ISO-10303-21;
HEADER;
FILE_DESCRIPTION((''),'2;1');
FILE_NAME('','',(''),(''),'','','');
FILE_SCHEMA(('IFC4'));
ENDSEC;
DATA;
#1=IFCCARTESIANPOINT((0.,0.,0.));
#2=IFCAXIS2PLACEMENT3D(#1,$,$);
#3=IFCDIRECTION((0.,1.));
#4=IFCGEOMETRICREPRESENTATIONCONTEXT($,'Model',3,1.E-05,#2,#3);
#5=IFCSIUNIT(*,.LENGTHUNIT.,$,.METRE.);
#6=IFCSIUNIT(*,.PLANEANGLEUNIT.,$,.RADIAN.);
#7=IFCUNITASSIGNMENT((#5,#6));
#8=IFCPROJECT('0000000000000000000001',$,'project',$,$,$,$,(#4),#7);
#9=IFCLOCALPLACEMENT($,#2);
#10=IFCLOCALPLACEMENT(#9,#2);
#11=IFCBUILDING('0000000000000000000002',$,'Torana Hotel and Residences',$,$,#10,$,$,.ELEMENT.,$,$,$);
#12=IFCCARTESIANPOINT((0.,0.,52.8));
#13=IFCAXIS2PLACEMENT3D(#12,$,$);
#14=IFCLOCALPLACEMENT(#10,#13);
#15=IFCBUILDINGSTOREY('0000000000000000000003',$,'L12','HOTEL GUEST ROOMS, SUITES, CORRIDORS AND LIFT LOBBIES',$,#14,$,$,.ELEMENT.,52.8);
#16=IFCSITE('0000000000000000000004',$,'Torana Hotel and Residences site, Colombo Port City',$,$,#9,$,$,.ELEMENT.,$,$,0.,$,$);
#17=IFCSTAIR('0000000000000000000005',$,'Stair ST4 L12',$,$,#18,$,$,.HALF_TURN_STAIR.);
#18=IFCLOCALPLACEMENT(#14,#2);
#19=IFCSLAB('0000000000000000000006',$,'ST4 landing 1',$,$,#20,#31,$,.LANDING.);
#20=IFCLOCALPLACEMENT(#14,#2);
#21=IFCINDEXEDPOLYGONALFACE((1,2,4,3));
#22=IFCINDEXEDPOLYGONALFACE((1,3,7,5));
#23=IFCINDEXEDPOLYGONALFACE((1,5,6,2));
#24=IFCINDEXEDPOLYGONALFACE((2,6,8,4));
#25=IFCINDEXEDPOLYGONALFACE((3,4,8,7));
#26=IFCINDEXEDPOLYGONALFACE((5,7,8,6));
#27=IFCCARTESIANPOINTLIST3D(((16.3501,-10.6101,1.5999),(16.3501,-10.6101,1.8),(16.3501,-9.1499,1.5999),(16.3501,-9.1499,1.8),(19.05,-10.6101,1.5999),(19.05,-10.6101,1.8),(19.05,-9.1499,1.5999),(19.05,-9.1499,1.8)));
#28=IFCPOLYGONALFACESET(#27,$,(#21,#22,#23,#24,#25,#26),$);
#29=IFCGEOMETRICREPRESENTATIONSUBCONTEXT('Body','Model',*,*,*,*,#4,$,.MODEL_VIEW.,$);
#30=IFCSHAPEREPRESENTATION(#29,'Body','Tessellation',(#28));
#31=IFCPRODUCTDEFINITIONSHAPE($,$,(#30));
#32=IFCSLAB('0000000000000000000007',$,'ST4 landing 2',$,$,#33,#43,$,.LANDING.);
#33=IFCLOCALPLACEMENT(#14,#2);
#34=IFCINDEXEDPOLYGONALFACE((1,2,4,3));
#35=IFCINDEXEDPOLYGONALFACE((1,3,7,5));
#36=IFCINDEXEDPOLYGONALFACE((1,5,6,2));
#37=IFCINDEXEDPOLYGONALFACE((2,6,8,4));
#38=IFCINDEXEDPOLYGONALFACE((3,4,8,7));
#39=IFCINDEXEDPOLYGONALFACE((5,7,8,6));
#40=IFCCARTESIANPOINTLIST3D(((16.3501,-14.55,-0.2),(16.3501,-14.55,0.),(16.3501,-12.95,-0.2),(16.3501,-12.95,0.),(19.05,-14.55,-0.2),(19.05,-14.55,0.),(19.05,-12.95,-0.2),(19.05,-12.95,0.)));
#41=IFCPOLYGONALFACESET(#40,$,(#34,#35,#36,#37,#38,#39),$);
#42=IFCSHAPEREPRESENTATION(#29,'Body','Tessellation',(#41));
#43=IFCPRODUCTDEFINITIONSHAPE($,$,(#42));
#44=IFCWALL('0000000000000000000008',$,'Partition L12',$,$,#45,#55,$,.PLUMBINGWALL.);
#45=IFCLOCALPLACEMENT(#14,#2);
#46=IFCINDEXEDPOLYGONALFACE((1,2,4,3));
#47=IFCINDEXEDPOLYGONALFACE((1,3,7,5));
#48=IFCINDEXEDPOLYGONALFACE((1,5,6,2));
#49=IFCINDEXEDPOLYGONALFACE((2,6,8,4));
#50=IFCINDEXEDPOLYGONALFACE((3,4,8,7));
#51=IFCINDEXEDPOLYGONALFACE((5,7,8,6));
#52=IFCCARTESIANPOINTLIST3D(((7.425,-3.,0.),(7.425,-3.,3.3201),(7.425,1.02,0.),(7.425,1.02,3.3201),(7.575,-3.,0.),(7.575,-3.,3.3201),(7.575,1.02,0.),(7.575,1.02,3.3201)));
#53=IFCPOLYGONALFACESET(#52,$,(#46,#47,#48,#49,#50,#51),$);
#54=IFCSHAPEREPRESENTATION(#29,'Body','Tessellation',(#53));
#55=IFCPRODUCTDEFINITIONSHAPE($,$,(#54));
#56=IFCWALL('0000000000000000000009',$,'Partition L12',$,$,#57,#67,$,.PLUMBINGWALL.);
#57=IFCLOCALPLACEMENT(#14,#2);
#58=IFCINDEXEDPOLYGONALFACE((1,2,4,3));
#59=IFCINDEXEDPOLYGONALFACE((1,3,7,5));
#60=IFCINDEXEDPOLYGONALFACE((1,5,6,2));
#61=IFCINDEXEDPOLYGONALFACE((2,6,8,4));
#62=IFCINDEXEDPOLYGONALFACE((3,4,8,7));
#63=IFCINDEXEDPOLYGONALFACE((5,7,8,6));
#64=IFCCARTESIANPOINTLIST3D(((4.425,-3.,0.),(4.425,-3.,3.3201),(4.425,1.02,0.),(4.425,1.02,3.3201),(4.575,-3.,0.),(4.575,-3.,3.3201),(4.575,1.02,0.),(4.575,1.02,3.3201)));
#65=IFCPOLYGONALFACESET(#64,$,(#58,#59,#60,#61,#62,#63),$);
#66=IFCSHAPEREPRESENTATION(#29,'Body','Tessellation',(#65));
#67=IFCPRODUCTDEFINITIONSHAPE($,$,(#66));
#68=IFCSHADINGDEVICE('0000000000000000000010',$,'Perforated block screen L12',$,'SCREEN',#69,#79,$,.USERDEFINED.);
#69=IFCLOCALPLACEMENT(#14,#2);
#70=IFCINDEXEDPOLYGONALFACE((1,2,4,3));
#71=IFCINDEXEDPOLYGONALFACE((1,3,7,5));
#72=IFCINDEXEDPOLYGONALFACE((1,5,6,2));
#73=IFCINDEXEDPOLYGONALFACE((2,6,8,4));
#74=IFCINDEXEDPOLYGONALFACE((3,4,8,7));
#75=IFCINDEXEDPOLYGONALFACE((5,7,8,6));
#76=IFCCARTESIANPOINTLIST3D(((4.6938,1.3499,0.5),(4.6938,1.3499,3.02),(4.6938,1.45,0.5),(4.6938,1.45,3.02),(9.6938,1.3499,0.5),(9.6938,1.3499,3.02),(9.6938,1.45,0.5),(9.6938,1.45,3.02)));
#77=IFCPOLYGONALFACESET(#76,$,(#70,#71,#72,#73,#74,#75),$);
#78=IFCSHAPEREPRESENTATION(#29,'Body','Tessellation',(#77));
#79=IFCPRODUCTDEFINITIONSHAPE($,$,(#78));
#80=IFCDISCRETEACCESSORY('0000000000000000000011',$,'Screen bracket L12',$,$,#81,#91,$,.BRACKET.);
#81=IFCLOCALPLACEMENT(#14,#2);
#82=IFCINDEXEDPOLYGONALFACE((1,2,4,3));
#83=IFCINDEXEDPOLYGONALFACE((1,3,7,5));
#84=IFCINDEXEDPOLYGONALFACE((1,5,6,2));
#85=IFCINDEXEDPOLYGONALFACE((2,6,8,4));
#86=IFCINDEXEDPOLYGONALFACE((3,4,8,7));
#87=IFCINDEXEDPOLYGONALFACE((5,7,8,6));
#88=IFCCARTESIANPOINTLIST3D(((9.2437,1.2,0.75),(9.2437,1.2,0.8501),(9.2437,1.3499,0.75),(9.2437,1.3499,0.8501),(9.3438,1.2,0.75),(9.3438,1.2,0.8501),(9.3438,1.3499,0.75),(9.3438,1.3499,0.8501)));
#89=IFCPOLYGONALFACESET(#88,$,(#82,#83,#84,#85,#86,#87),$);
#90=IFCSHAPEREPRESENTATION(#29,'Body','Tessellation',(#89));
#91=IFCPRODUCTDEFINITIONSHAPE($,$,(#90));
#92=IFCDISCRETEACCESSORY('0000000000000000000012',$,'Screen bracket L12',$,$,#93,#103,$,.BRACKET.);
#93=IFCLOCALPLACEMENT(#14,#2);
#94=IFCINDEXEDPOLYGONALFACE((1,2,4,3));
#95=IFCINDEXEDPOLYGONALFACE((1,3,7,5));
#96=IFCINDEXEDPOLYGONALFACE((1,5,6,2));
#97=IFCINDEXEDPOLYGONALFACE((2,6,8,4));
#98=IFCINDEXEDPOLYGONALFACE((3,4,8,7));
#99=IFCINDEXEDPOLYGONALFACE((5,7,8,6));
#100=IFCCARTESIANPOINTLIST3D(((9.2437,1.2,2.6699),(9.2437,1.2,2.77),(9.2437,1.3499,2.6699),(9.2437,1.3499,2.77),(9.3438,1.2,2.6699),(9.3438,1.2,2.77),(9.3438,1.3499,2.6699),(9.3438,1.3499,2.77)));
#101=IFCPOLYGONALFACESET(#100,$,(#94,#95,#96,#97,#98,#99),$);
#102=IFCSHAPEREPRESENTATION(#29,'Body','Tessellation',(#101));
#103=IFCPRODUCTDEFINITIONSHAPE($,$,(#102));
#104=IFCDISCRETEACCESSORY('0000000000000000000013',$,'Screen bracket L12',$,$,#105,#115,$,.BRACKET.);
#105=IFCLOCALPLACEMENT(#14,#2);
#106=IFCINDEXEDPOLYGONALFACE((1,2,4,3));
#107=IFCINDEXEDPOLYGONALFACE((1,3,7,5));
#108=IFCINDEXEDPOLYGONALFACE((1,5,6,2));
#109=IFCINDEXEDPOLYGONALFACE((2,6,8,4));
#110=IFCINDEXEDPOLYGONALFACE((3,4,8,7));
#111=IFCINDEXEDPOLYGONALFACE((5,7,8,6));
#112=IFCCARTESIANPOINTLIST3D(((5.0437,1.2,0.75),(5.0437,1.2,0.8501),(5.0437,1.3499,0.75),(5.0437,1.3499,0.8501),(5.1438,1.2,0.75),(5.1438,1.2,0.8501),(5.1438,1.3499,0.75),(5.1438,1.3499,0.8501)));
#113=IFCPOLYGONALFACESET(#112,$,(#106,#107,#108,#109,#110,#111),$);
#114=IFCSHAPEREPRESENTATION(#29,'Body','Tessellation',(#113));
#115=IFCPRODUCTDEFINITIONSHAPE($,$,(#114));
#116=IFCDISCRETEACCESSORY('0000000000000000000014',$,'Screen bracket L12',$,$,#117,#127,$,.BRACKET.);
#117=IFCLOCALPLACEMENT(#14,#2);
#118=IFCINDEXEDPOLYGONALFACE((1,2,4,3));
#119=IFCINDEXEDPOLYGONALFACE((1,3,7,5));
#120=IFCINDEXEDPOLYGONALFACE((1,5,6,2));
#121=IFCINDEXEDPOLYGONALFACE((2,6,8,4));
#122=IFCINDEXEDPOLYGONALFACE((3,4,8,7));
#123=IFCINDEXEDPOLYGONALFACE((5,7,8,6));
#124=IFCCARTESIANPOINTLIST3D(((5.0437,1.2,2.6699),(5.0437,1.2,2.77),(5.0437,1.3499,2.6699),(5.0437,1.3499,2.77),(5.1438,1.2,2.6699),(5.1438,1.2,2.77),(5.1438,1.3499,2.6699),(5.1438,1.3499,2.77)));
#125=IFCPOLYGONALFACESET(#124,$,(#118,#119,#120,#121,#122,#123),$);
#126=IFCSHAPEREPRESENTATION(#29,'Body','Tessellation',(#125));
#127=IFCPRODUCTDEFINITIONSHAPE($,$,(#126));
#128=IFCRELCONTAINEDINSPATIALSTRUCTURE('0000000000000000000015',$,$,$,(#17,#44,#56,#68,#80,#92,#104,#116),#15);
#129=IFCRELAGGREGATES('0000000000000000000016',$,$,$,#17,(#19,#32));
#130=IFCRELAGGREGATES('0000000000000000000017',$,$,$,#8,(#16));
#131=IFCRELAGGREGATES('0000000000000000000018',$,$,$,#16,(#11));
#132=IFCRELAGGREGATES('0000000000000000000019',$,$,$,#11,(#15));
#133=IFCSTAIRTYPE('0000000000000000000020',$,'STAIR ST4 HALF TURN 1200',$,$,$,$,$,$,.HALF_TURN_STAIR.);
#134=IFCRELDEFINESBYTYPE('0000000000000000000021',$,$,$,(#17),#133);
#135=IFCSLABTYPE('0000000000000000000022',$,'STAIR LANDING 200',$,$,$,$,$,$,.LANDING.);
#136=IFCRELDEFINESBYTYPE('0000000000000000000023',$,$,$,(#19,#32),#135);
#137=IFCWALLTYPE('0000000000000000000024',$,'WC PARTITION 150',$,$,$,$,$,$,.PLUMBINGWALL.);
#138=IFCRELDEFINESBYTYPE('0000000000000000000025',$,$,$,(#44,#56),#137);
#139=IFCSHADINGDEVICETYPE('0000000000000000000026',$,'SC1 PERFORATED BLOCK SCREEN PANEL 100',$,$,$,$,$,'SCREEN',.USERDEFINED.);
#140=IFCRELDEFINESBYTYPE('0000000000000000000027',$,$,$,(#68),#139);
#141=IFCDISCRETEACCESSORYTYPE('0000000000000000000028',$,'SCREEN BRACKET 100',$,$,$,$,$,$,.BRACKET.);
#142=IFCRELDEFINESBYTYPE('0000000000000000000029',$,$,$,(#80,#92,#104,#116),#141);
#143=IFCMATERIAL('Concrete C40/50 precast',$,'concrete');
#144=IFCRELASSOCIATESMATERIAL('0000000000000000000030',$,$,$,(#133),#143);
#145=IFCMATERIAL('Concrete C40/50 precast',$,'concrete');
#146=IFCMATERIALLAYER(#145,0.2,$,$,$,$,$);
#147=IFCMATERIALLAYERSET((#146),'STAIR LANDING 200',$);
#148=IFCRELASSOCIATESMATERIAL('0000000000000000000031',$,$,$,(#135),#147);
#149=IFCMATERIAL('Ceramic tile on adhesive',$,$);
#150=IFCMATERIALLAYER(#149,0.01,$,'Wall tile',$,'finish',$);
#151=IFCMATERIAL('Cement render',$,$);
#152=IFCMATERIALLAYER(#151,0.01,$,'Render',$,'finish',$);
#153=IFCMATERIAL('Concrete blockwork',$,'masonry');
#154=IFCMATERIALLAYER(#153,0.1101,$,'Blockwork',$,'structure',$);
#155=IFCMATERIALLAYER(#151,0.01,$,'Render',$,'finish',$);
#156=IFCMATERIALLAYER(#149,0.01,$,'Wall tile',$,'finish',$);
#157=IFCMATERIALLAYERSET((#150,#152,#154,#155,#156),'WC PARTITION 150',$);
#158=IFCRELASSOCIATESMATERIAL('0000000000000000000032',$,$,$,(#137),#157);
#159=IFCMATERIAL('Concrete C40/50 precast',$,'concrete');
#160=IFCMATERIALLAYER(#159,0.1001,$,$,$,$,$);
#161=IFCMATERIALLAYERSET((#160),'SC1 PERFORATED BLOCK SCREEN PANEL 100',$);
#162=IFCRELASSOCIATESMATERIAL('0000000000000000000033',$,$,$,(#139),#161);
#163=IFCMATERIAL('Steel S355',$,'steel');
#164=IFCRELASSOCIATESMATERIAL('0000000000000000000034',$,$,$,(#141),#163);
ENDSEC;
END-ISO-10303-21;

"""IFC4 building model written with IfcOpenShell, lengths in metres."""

from ifc_helpers import new_model, si_unit, direction, frame, frame_2d, origin, origin_2d, place, context, subcontext, project, spatial, polyline, rectangle, outline, extrude, material, layer, layer_set, type_object, element, aggregate, save


model = new_model("IFC4")

# Units and contexts
model_context = context("Model", 3, precision=1e-05, world=origin(), true_north=direction((0.0, 1.0)))
body_context = subcontext(model_context, "Body", "Model", "MODEL_VIEW")
ifc_project = project(units=[si_unit("LENGTHUNIT", "METRE"), si_unit("PLANEANGLEUNIT", "RADIAN")], contexts=[model_context])

# Site, building, storey
site_placement = place(None, origin())
site = spatial("IfcSite", under=ifc_project, at=site_placement, Name="Torana Hotel and Residences site, Colombo Port City", CompositionType="ELEMENT", RefElevation=0.0)
building_placement = place(site_placement, origin())
building = spatial("IfcBuilding", under=site, at=building_placement, Name="Torana Hotel and Residences", CompositionType="ELEMENT")
storey_placement = place(building_placement, frame((0.0, 0.0, 52.8)))
storey = spatial("IfcBuildingStorey", under=building, at=storey_placement, Name="L12", Description="HOTEL GUEST ROOMS, SUITES, CORRIDORS AND LIFT LOBBIES", CompositionType="ELEMENT", Elevation=52.8)

# Stair, slabs
ifc_material_1 = material(Name="Concrete C40/50 precast", Category="concrete")
stair_type = type_object("IfcStairType", Name="STAIR ST4 HALF TURN 1200", PredefinedType="HALF_TURN_STAIR", material=ifc_material_1)
stair_placement = place(storey_placement, origin())
stair = element("IfcStair", 1, at=stair_placement, inside=storey, type_object=stair_type, Name="Stair ST4 L12", PredefinedType="HALF_TURN_STAIR")
ifc_material_2 = material(Name="Concrete C40/50 precast", Category="concrete")
ifc_layer_1 = layer(ifc_material_2, 0.2)
ifc_layer_set_1 = layer_set([ifc_layer_1], Name="STAIR LANDING 200")
slab_type = type_object("IfcSlabType", Name="STAIR LANDING 200", PredefinedType="LANDING", material=ifc_layer_set_1)
slab_1_placement = place(storey_placement, frame((0.0, 0.0, 1.5999)))
slab_1 = element("IfcSlab", 2, at=slab_1_placement, type_object=slab_type, Name="ST4 landing 1", PredefinedType="LANDING", context=body_context, shape_type="SweptSolid", body=[
    extrude(outline(polyline([(16.3501, -10.6101), (19.05, -10.6101), (19.05, -9.1499), (16.3501, -9.1499), (16.3501, -10.6101)])), origin(), (0.0, 0.0, 1.0), 0.2002),
])
slab_2_placement = place(storey_placement, frame((0.0, 0.0, -0.2)))
slab_2 = element("IfcSlab", 3, at=slab_2_placement, type_object=slab_type, Name="ST4 landing 2", PredefinedType="LANDING", context=body_context, shape_type="SweptSolid", body=[
    extrude(outline(polyline([(16.3501, -14.55), (19.05, -14.55), (19.05, -12.95), (16.3501, -12.95), (16.3501, -14.55)])), origin(), (0.0, 0.0, 1.0), 0.2),
])
aggregate(stair, [slab_1, slab_2])

# Walls
ifc_material_3 = material(Name="Ceramic tile on adhesive")
ifc_layer_2 = layer(ifc_material_3, 0.01, Name="Wall tile", Category="finish")
ifc_material_4 = material(Name="Cement render")
ifc_layer_3 = layer(ifc_material_4, 0.01, Name="Render", Category="finish")
ifc_material_5 = material(Name="Concrete blockwork", Category="masonry")
ifc_layer_4 = layer(ifc_material_5, 0.1101, Name="Blockwork", Category="structure")
ifc_layer_5 = layer(ifc_material_4, 0.01, Name="Render", Category="finish")
ifc_layer_6 = layer(ifc_material_3, 0.01, Name="Wall tile", Category="finish")
ifc_layer_set_2 = layer_set([ifc_layer_2, ifc_layer_3, ifc_layer_4, ifc_layer_5, ifc_layer_6], Name="WC PARTITION 150")
wall_type = type_object("IfcWallType", Name="WC PARTITION 150", PredefinedType="PLUMBINGWALL", material=ifc_layer_set_2)
for number, where, z_axis, x_axis, name in (
    (4, (7.5, -3.0, 0.0), (0.0, 0.0, 1.0), (0.0, 1.0, 0.0), "Partition L12"),
    (5, (4.5, -3.0, 0.0), (0.0, 0.0, 1.0), (0.0, 1.0, 0.0), "Partition L12"),
):
    element("IfcWall", number, at=place(storey_placement, frame(where, z_axis=z_axis, x_axis=x_axis)), inside=storey, type_object=wall_type, Name=name, PredefinedType="PLUMBINGWALL", context=body_context, shape_type="SweptSolid", body=[
        extrude(rectangle(XDim=4.02, YDim=0.1499, at=frame_2d((2.01, 0.0))), origin(), (0.0, 0.0, 1.0), 3.3201),
    ])

# Shading device
ifc_material_6 = material(Name="Concrete C40/50 precast", Category="concrete")
ifc_layer_7 = layer(ifc_material_6, 0.1001)
ifc_layer_set_3 = layer_set([ifc_layer_7], Name="SC1 PERFORATED BLOCK SCREEN PANEL 100")
shading_device_type = type_object("IfcShadingDeviceType", Name="SC1 PERFORATED BLOCK SCREEN PANEL 100", ElementType="SCREEN", PredefinedType="USERDEFINED", material=ifc_layer_set_3)
shading_device_placement = place(storey_placement, frame((7.1938, 1.3999, 0.5), z_axis=(0.0, 0.0, 1.0), x_axis=(-1.0, 0.0, 0.0)))
element("IfcShadingDevice", 6, at=shading_device_placement, inside=storey, type_object=shading_device_type, Name="Perforated block screen L12", ObjectType="SCREEN", PredefinedType="USERDEFINED", context=body_context, shape_type="SweptSolid", body=[
    extrude(rectangle(XDim=5.0, YDim=0.1001, at=origin_2d()), origin(), (0.0, 0.0, 1.0), 2.52),
])

# Discrete accessories
ifc_material_7 = material(Name="Steel S355", Category="steel")
discrete_accessory_type = type_object("IfcDiscreteAccessoryType", Name="SCREEN BRACKET 100", PredefinedType="BRACKET", material=ifc_material_7)
for number, where, z_axis, x_axis, name in (
    (7, (9.2937, 1.2749, 0.75), (0.0, 0.0, 1.0), (-1.0, 0.0, 0.0), "Screen bracket L12"),
    (8, (9.2937, 1.2749, 2.6699), (0.0, 0.0, 1.0), (-1.0, 0.0, 0.0), "Screen bracket L12"),
    (9, (5.0938, 1.2749, 0.75), (0.0, 0.0, 1.0), (-1.0, 0.0, 0.0), "Screen bracket L12"),
    (10, (5.0938, 1.2749, 2.6699), (0.0, 0.0, 1.0), (-1.0, 0.0, 0.0), "Screen bracket L12"),
):
    element("IfcDiscreteAccessory", number, at=place(storey_placement, frame(where, z_axis=z_axis, x_axis=x_axis)), inside=storey, type_object=discrete_accessory_type, Name=name, PredefinedType="BRACKET", context=body_context, shape_type="SweptSolid", body=[
        extrude(rectangle(XDim=0.1001, YDim=0.1499, at=origin_2d()), origin(), (0.0, 0.0, 1.0), 0.1001),
    ])

save(model, "model.ifc")
